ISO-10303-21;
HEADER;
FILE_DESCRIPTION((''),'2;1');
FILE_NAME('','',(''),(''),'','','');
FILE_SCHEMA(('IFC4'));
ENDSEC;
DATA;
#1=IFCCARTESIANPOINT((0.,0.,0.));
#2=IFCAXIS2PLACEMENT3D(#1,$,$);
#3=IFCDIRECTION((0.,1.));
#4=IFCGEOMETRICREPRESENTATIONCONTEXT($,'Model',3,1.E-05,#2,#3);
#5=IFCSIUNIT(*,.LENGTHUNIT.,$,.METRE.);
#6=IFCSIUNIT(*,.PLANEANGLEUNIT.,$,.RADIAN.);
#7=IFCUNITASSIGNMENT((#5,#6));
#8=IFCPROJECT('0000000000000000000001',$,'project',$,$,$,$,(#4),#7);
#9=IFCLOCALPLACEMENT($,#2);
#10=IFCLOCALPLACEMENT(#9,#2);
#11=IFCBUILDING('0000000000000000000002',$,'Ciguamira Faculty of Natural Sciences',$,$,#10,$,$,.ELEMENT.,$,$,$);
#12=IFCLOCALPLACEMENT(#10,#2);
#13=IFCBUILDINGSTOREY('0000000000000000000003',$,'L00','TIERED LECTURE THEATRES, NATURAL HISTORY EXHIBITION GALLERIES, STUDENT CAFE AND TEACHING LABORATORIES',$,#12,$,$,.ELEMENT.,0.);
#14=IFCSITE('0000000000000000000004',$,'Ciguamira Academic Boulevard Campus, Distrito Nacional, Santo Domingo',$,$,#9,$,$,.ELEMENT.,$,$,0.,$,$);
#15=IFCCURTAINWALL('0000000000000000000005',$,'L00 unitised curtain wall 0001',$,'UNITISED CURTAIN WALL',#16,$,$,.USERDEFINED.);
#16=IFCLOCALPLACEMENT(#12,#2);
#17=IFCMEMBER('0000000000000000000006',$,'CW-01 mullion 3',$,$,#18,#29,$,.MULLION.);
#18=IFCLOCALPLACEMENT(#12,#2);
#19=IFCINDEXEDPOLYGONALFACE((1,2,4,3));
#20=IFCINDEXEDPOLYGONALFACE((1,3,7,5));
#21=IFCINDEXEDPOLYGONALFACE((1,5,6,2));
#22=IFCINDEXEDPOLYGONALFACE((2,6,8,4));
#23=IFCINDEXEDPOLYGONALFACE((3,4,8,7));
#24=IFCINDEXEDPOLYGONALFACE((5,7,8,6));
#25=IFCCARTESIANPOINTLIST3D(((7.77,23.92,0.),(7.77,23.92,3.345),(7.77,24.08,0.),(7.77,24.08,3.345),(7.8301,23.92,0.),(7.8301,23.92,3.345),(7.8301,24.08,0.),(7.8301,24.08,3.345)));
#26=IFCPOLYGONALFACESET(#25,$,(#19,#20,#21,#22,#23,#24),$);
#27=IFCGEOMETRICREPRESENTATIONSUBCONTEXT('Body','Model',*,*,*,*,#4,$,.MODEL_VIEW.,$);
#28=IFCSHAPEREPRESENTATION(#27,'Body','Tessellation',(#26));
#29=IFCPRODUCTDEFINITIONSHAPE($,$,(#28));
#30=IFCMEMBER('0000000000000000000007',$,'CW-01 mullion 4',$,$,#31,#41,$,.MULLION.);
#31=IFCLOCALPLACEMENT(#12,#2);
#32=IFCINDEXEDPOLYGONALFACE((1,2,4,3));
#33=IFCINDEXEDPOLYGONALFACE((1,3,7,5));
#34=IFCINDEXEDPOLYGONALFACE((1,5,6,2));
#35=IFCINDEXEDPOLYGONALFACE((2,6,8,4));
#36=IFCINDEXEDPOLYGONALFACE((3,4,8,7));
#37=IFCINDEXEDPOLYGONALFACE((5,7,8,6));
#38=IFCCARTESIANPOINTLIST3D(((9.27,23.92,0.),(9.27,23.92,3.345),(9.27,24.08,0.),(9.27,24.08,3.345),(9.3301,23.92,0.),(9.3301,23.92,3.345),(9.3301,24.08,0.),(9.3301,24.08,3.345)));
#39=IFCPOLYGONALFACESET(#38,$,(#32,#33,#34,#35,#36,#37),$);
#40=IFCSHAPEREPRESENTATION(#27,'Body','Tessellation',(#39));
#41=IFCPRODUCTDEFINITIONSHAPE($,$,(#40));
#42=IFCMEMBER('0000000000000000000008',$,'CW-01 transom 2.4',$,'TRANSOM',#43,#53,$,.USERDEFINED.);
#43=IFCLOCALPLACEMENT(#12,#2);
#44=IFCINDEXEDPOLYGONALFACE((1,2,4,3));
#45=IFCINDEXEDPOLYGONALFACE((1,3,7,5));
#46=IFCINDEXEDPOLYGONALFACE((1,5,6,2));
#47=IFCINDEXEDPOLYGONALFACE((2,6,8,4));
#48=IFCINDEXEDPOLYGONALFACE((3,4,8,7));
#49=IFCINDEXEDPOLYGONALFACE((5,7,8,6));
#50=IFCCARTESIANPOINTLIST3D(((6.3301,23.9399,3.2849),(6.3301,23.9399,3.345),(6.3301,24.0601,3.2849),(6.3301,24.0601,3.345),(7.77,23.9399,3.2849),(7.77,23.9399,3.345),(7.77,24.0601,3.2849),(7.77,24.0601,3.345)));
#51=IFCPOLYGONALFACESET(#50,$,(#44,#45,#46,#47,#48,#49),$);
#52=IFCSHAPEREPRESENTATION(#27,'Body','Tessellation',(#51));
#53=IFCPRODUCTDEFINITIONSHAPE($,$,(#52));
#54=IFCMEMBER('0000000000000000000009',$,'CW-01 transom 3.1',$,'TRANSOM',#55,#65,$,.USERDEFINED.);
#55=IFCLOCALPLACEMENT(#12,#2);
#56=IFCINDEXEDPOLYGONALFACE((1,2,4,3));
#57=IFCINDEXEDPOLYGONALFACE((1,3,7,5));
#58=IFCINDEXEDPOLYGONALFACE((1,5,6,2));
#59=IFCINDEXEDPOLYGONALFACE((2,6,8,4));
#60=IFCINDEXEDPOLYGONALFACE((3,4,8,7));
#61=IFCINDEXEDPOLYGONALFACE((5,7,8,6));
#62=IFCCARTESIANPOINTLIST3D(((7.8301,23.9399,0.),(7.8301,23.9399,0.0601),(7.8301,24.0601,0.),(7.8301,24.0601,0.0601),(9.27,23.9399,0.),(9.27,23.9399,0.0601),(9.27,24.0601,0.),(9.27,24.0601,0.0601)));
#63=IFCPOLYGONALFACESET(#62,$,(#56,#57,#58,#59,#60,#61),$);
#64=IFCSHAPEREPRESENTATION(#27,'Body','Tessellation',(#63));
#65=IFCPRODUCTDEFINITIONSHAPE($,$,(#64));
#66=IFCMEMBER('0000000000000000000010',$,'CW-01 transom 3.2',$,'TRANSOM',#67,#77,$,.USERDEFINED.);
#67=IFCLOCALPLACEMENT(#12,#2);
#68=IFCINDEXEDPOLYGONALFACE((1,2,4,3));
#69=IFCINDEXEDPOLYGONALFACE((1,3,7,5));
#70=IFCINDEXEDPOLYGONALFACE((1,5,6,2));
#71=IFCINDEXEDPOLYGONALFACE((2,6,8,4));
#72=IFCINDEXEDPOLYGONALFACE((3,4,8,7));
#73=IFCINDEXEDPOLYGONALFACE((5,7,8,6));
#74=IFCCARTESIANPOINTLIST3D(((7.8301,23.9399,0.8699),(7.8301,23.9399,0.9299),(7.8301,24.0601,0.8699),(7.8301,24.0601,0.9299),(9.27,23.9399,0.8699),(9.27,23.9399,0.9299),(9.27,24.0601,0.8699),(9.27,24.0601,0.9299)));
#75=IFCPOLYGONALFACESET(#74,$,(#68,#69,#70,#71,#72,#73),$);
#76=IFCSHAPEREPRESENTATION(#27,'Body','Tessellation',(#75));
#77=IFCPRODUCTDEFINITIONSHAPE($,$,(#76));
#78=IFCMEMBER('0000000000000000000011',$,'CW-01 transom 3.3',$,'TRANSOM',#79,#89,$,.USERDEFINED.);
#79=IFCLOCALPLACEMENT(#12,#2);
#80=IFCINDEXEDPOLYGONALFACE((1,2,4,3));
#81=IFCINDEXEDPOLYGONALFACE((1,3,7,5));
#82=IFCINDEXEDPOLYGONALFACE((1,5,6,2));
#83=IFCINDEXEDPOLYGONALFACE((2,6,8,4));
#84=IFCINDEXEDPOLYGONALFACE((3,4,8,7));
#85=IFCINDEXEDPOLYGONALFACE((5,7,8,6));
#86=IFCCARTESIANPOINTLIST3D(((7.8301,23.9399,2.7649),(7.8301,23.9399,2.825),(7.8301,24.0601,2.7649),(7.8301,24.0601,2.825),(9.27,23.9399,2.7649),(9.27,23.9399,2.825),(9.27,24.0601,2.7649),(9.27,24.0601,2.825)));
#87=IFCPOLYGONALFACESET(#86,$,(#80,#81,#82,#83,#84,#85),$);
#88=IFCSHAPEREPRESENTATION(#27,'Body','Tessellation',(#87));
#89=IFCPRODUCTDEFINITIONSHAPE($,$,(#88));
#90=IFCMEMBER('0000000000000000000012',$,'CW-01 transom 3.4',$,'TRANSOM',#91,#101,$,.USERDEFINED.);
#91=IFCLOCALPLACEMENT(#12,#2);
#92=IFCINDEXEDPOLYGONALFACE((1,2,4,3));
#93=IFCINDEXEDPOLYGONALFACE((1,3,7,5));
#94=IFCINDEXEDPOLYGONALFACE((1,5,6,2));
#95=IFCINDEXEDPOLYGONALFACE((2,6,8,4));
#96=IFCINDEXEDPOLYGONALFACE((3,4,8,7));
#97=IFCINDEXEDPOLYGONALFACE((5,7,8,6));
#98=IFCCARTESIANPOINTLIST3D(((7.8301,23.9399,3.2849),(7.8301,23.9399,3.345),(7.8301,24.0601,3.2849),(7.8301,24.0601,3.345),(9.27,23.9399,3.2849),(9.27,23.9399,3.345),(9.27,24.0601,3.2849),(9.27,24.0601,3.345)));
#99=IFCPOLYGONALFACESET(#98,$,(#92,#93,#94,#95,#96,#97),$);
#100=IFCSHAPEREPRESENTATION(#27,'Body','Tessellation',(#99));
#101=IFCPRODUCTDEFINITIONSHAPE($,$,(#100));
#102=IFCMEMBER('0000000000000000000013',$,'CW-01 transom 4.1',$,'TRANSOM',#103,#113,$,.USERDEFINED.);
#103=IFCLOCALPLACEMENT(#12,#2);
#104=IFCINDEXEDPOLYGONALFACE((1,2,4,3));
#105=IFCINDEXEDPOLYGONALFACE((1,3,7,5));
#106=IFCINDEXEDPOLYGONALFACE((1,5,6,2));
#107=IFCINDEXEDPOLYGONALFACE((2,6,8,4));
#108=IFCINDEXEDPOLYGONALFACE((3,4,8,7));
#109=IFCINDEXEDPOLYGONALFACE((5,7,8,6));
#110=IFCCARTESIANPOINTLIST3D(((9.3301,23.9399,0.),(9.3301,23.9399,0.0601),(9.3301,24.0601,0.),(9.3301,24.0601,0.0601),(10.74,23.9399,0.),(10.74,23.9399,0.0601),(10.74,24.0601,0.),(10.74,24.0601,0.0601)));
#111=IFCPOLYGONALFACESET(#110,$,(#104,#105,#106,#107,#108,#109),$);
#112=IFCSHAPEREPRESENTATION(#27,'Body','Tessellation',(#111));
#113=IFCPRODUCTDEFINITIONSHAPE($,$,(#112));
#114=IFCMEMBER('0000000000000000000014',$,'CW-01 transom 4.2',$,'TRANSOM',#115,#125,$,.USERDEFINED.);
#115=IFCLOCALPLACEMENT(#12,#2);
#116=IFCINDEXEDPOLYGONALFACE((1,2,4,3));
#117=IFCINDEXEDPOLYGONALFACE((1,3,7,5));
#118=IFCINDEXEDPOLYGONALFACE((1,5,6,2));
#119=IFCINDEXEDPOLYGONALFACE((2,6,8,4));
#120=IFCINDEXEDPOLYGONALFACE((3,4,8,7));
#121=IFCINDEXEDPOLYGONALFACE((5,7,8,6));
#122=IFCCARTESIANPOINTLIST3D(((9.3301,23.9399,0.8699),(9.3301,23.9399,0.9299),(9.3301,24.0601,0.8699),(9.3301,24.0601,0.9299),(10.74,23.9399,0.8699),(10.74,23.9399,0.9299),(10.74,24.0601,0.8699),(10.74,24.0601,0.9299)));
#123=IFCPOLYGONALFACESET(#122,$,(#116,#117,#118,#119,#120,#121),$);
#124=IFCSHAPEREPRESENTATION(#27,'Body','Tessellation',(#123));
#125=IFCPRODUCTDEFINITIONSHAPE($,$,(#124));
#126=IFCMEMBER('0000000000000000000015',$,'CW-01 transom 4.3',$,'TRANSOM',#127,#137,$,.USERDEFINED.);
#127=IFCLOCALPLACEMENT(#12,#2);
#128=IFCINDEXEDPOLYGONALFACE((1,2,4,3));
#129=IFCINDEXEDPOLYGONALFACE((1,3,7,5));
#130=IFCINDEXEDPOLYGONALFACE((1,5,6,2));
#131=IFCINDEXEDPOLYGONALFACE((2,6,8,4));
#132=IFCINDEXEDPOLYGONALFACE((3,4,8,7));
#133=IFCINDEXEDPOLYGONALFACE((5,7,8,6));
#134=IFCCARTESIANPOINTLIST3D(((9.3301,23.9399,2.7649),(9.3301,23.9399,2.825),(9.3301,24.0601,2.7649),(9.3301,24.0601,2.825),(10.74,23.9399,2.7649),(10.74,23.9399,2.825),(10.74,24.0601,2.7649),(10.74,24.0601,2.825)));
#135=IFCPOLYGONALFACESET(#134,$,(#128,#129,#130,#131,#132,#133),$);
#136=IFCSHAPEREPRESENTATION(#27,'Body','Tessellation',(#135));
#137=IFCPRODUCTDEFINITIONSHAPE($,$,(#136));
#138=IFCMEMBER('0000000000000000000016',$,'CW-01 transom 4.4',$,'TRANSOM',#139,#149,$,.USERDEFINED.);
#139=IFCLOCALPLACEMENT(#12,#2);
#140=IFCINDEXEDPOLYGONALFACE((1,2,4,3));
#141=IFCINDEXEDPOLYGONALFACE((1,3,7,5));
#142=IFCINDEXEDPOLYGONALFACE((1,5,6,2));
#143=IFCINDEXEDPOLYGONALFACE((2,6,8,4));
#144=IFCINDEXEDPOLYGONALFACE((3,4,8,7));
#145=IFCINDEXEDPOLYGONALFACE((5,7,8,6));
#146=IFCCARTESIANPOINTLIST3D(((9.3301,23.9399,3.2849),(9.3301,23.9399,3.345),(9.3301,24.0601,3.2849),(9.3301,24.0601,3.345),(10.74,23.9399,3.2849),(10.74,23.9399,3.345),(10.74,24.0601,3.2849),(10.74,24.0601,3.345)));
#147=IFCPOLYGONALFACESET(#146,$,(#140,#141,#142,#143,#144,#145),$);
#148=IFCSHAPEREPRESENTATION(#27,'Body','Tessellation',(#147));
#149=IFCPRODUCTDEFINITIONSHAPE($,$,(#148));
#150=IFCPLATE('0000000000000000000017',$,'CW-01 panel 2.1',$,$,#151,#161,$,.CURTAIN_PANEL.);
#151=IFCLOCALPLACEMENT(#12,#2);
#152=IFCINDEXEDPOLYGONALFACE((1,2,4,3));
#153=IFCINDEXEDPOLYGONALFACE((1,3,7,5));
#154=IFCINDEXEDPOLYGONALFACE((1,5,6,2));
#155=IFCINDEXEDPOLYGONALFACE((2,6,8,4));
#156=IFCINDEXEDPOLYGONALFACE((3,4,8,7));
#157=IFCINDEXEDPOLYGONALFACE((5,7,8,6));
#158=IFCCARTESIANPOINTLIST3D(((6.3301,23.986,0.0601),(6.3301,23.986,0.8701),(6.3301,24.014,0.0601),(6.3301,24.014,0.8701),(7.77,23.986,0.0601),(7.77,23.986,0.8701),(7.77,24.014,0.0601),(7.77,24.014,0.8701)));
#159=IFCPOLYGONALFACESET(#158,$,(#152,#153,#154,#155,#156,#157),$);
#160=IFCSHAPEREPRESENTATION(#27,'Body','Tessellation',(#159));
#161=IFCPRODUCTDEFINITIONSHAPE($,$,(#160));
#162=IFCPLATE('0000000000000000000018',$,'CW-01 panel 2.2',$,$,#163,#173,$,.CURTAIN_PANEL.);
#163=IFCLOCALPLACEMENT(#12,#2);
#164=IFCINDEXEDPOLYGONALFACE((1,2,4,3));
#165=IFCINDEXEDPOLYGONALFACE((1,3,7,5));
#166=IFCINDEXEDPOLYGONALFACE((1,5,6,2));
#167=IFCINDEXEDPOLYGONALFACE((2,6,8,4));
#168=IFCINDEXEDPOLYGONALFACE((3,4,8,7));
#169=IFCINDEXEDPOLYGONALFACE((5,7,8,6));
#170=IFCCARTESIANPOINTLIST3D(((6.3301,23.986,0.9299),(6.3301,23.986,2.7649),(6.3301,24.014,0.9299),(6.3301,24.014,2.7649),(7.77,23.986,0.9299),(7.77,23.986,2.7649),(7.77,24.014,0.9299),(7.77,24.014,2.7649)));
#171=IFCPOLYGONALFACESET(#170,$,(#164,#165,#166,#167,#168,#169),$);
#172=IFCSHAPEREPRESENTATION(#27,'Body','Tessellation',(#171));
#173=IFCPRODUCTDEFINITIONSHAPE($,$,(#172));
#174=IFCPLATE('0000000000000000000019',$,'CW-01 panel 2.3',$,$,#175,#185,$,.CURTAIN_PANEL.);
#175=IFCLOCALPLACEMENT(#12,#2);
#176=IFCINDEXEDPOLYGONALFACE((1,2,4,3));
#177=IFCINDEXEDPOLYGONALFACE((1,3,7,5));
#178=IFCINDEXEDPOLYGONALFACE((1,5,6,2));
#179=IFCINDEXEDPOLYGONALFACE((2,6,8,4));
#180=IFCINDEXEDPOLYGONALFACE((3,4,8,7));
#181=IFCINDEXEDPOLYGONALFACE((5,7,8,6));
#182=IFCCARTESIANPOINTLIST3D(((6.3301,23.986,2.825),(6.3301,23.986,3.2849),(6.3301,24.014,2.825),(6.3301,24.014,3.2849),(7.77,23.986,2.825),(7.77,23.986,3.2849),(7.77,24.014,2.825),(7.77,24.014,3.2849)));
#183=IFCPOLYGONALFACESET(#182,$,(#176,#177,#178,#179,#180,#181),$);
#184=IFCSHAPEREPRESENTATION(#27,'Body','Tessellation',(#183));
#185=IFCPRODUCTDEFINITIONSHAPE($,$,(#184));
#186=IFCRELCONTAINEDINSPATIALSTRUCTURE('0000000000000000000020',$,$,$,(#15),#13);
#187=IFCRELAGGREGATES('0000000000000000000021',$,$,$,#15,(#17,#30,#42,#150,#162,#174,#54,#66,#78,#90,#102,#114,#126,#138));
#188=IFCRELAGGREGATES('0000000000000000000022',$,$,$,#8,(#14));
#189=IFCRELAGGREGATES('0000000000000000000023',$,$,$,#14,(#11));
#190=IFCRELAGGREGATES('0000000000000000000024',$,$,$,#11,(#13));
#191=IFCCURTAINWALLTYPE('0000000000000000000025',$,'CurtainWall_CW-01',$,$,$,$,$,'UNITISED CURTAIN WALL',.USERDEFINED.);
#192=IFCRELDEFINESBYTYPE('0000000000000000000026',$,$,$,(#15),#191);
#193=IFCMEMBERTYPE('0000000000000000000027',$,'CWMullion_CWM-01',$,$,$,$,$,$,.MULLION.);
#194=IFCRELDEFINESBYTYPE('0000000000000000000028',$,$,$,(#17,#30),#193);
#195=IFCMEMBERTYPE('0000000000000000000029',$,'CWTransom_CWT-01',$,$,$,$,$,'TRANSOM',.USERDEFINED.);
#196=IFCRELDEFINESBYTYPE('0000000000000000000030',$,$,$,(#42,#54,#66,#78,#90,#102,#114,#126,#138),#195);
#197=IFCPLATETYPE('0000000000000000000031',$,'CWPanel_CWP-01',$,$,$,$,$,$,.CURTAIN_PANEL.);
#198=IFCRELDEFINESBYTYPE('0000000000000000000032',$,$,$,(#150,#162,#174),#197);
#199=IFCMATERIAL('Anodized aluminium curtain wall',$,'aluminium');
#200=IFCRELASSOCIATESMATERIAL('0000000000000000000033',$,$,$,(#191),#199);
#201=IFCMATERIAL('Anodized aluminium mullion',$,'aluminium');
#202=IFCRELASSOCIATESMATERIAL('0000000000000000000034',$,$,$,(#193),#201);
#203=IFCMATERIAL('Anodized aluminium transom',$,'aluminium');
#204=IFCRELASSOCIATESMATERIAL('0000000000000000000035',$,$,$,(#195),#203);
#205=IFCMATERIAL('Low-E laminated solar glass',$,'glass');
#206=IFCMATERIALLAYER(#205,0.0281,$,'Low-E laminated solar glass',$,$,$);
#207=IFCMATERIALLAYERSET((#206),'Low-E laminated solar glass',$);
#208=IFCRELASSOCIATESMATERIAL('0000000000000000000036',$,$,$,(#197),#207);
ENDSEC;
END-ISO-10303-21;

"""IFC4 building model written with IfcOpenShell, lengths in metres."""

from ifc_helpers import new_model, si_unit, direction, frame, origin, origin_2d, place, context, subcontext, project, spatial, rectangle, extrude, material, layer, layer_set, material_profile, profile_set, type_object, element, aggregate, save


model = new_model("IFC4")

# Units and contexts
model_context = context("Model", 3, precision=1e-05, world=origin(), true_north=direction((0.0, 1.0)))
body_context = subcontext(model_context, "Body", "Model", "MODEL_VIEW")
ifc_project = project(units=[si_unit("LENGTHUNIT", "METRE"), si_unit("PLANEANGLEUNIT", "RADIAN")], contexts=[model_context])

# Site, building, storey
site_placement = place(None, origin())
site = spatial("IfcSite", under=ifc_project, at=site_placement, Name="Ciguamira Academic Boulevard Campus, Distrito Nacional, Santo Domingo", CompositionType="ELEMENT", RefElevation=0.0)
building_placement = place(site_placement, origin())
building = spatial("IfcBuilding", under=site, at=building_placement, Name="Ciguamira Faculty of Natural Sciences", CompositionType="ELEMENT")
storey_placement = place(building_placement, origin())
storey = spatial("IfcBuildingStorey", under=building, at=storey_placement, Name="L00", Description="TIERED LECTURE THEATRES, NATURAL HISTORY EXHIBITION GALLERIES, STUDENT CAFE AND TEACHING LABORATORIES", CompositionType="ELEMENT", Elevation=0.0)

# Curtain wall, members, plates
ifc_material_1 = material(Name="Anodized aluminium curtain wall", Category="aluminium")
curtain_wall_type = type_object("IfcCurtainWallType", Name="CurtainWall_CW-01", ElementType="UNITISED CURTAIN WALL", PredefinedType="USERDEFINED", material=ifc_material_1)
curtain_wall_placement = place(storey_placement, origin())
curtain_wall = element("IfcCurtainWall", 1, at=curtain_wall_placement, inside=storey, type_object=curtain_wall_type, Name="L00 unitised curtain wall 0001", ObjectType="UNITISED CURTAIN WALL", PredefinedType="USERDEFINED")
ifc_material_2 = material(Name="Anodized aluminium mullion", Category="aluminium")
ifc_material_profile_1 = material_profile(ifc_material_2, rectangle(XDim=0.0601, YDim=0.1599, at=origin_2d()), Name="ALU-MUL-60X160")
ifc_profile_set_1 = profile_set([ifc_material_profile_1], Name="Anodized aluminium mullion")
member_type_1 = type_object("IfcMemberType", Name="CWMullion_CWM-01", PredefinedType="MULLION", material=ifc_profile_set_1)
member_1_placement = place(storey_placement, frame((7.8, 24.0, 0.0), z_axis=(0.0, 0.0, 1.0), x_axis=(1.0, 0.0, 0.0)))
member_1 = element("IfcMember", 2, at=member_1_placement, type_object=member_type_1, Name="CW-01 mullion 3", PredefinedType="MULLION", context=body_context, shape_type="SweptSolid", body=[
    extrude(rectangle(XDim=0.0601, YDim=0.1599, at=origin_2d()), origin(), (0.0, 0.0, 1.0), 3.345),
])
member_2_placement = place(storey_placement, frame((9.3, 24.0, 0.0), z_axis=(0.0, 0.0, 1.0), x_axis=(1.0, 0.0, 0.0)))
member_2 = element("IfcMember", 3, at=member_2_placement, type_object=member_type_1, Name="CW-01 mullion 4", PredefinedType="MULLION", context=body_context, shape_type="SweptSolid", body=[
    extrude(rectangle(XDim=0.0601, YDim=0.1599, at=origin_2d()), origin(), (0.0, 0.0, 1.0), 3.345),
])
ifc_material_3 = material(Name="Anodized aluminium transom", Category="aluminium")
ifc_material_profile_2 = material_profile(ifc_material_3, rectangle(XDim=0.0601, YDim=0.1201, at=origin_2d()), Name="ALU-TRN-60X120")
ifc_profile_set_2 = profile_set([ifc_material_profile_2], Name="Anodized aluminium transom")
member_type_2 = type_object("IfcMemberType", Name="CWTransom_CWT-01", ElementType="TRANSOM", PredefinedType="USERDEFINED", material=ifc_profile_set_2)
member_3_placement = place(storey_placement, frame((6.3301, 24.0, 3.3149), z_axis=(1.0, 0.0, 0.0), x_axis=(0.0, 0.0, 1.0)))
member_3 = element("IfcMember", 4, at=member_3_placement, type_object=member_type_2, Name="CW-01 transom 2.4", ObjectType="TRANSOM", PredefinedType="USERDEFINED", context=body_context, shape_type="SweptSolid", body=[
    extrude(rectangle(XDim=0.0601, YDim=0.1201, at=origin_2d()), origin(), (0.0, 0.0, 1.0), 1.4399),
])
member_4_placement = place(storey_placement, frame((7.8301, 24.0, 0.03), z_axis=(1.0, 0.0, 0.0), x_axis=(0.0, 0.0, 1.0)))
member_4 = element("IfcMember", 5, at=member_4_placement, type_object=member_type_2, Name="CW-01 transom 3.1", ObjectType="TRANSOM", PredefinedType="USERDEFINED", context=body_context, shape_type="SweptSolid", body=[
    extrude(rectangle(XDim=0.0601, YDim=0.1201, at=origin_2d()), origin(), (0.0, 0.0, 1.0), 1.4399),
])
member_5_placement = place(storey_placement, frame((7.8301, 24.0, 0.8999), z_axis=(1.0, 0.0, 0.0), x_axis=(0.0, 0.0, 1.0)))
member_5 = element("IfcMember", 6, at=member_5_placement, type_object=member_type_2, Name="CW-01 transom 3.2", ObjectType="TRANSOM", PredefinedType="USERDEFINED", context=body_context, shape_type="SweptSolid", body=[
    extrude(rectangle(XDim=0.0601, YDim=0.1201, at=origin_2d()), origin(), (0.0, 0.0, 1.0), 1.4399),
])
member_6_placement = place(storey_placement, frame((7.8301, 24.0, 2.7949), z_axis=(1.0, 0.0, 0.0), x_axis=(0.0, 0.0, 1.0)))
member_6 = element("IfcMember", 7, at=member_6_placement, type_object=member_type_2, Name="CW-01 transom 3.3", ObjectType="TRANSOM", PredefinedType="USERDEFINED", context=body_context, shape_type="SweptSolid", body=[
    extrude(rectangle(XDim=0.0601, YDim=0.1201, at=origin_2d()), origin(), (0.0, 0.0, 1.0), 1.4399),
])
member_7_placement = place(storey_placement, frame((7.8301, 24.0, 3.3149), z_axis=(1.0, 0.0, 0.0), x_axis=(0.0, 0.0, 1.0)))
member_7 = element("IfcMember", 8, at=member_7_placement, type_object=member_type_2, Name="CW-01 transom 3.4", ObjectType="TRANSOM", PredefinedType="USERDEFINED", context=body_context, shape_type="SweptSolid", body=[
    extrude(rectangle(XDim=0.0601, YDim=0.1201, at=origin_2d()), origin(), (0.0, 0.0, 1.0), 1.4399),
])
member_8_placement = place(storey_placement, frame((9.3301, 24.0, 0.03), z_axis=(1.0, 0.0, 0.0), x_axis=(0.0, 0.0, 1.0)))
member_8 = element("IfcMember", 9, at=member_8_placement, type_object=member_type_2, Name="CW-01 transom 4.1", ObjectType="TRANSOM", PredefinedType="USERDEFINED", context=body_context, shape_type="SweptSolid", body=[
    extrude(rectangle(XDim=0.0601, YDim=0.1201, at=origin_2d()), origin(), (0.0, 0.0, 1.0), 1.4099),
])
member_9_placement = place(storey_placement, frame((9.3301, 24.0, 0.8999), z_axis=(1.0, 0.0, 0.0), x_axis=(0.0, 0.0, 1.0)))
member_9 = element("IfcMember", 10, at=member_9_placement, type_object=member_type_2, Name="CW-01 transom 4.2", ObjectType="TRANSOM", PredefinedType="USERDEFINED", context=body_context, shape_type="SweptSolid", body=[
    extrude(rectangle(XDim=0.0601, YDim=0.1201, at=origin_2d()), origin(), (0.0, 0.0, 1.0), 1.4099),
])
member_10_placement = place(storey_placement, frame((9.3301, 24.0, 2.7949), z_axis=(1.0, 0.0, 0.0), x_axis=(0.0, 0.0, 1.0)))
member_10 = element("IfcMember", 11, at=member_10_placement, type_object=member_type_2, Name="CW-01 transom 4.3", ObjectType="TRANSOM", PredefinedType="USERDEFINED", context=body_context, shape_type="SweptSolid", body=[
    extrude(rectangle(XDim=0.0601, YDim=0.1201, at=origin_2d()), origin(), (0.0, 0.0, 1.0), 1.4099),
])
member_11_placement = place(storey_placement, frame((9.3301, 24.0, 3.3149), z_axis=(1.0, 0.0, 0.0), x_axis=(0.0, 0.0, 1.0)))
member_11 = element("IfcMember", 12, at=member_11_placement, type_object=member_type_2, Name="CW-01 transom 4.4", ObjectType="TRANSOM", PredefinedType="USERDEFINED", context=body_context, shape_type="SweptSolid", body=[
    extrude(rectangle(XDim=0.0601, YDim=0.1201, at=origin_2d()), origin(), (0.0, 0.0, 1.0), 1.4099),
])
ifc_material_4 = material(Name="Low-E laminated solar glass", Category="glass")
ifc_layer = layer(ifc_material_4, 0.0281, Name="Low-E laminated solar glass")
ifc_layer_set = layer_set([ifc_layer], Name="Low-E laminated solar glass")
plate_type = type_object("IfcPlateType", Name="CWPanel_CWP-01", PredefinedType="CURTAIN_PANEL", material=ifc_layer_set)
plate_1_placement = place(storey_placement, frame((7.05, 24.0, 0.0601), z_axis=(0.0, 0.0, 1.0), x_axis=(1.0, 0.0, 0.0)))
plate_1 = element("IfcPlate", 13, at=plate_1_placement, type_object=plate_type, Name="CW-01 panel 2.1", PredefinedType="CURTAIN_PANEL", context=body_context, shape_type="SweptSolid", body=[
    extrude(rectangle(XDim=1.4399, YDim=0.0281, at=origin_2d()), origin(), (0.0, 0.0, 1.0), 0.8101),
])
plate_2_placement = place(storey_placement, frame((7.05, 24.0, 0.9299), z_axis=(0.0, 0.0, 1.0), x_axis=(1.0, 0.0, 0.0)))
plate_2 = element("IfcPlate", 14, at=plate_2_placement, type_object=plate_type, Name="CW-01 panel 2.2", PredefinedType="CURTAIN_PANEL", context=body_context, shape_type="SweptSolid", body=[
    extrude(rectangle(XDim=1.4399, YDim=0.0281, at=origin_2d()), origin(), (0.0, 0.0, 1.0), 1.835),
])
plate_3_placement = place(storey_placement, frame((7.05, 24.0, 2.825), z_axis=(0.0, 0.0, 1.0), x_axis=(1.0, 0.0, 0.0)))
plate_3 = element("IfcPlate", 15, at=plate_3_placement, type_object=plate_type, Name="CW-01 panel 2.3", PredefinedType="CURTAIN_PANEL", context=body_context, shape_type="SweptSolid", body=[
    extrude(rectangle(XDim=1.4399, YDim=0.0281, at=origin_2d()), origin(), (0.0, 0.0, 1.0), 0.46),
])
aggregate(curtain_wall, [member_1, member_2, member_3, plate_1, plate_2, plate_3, member_4, member_5, member_6, member_7, member_8, member_9, member_10, member_11])

save(model, "model.ifc")
